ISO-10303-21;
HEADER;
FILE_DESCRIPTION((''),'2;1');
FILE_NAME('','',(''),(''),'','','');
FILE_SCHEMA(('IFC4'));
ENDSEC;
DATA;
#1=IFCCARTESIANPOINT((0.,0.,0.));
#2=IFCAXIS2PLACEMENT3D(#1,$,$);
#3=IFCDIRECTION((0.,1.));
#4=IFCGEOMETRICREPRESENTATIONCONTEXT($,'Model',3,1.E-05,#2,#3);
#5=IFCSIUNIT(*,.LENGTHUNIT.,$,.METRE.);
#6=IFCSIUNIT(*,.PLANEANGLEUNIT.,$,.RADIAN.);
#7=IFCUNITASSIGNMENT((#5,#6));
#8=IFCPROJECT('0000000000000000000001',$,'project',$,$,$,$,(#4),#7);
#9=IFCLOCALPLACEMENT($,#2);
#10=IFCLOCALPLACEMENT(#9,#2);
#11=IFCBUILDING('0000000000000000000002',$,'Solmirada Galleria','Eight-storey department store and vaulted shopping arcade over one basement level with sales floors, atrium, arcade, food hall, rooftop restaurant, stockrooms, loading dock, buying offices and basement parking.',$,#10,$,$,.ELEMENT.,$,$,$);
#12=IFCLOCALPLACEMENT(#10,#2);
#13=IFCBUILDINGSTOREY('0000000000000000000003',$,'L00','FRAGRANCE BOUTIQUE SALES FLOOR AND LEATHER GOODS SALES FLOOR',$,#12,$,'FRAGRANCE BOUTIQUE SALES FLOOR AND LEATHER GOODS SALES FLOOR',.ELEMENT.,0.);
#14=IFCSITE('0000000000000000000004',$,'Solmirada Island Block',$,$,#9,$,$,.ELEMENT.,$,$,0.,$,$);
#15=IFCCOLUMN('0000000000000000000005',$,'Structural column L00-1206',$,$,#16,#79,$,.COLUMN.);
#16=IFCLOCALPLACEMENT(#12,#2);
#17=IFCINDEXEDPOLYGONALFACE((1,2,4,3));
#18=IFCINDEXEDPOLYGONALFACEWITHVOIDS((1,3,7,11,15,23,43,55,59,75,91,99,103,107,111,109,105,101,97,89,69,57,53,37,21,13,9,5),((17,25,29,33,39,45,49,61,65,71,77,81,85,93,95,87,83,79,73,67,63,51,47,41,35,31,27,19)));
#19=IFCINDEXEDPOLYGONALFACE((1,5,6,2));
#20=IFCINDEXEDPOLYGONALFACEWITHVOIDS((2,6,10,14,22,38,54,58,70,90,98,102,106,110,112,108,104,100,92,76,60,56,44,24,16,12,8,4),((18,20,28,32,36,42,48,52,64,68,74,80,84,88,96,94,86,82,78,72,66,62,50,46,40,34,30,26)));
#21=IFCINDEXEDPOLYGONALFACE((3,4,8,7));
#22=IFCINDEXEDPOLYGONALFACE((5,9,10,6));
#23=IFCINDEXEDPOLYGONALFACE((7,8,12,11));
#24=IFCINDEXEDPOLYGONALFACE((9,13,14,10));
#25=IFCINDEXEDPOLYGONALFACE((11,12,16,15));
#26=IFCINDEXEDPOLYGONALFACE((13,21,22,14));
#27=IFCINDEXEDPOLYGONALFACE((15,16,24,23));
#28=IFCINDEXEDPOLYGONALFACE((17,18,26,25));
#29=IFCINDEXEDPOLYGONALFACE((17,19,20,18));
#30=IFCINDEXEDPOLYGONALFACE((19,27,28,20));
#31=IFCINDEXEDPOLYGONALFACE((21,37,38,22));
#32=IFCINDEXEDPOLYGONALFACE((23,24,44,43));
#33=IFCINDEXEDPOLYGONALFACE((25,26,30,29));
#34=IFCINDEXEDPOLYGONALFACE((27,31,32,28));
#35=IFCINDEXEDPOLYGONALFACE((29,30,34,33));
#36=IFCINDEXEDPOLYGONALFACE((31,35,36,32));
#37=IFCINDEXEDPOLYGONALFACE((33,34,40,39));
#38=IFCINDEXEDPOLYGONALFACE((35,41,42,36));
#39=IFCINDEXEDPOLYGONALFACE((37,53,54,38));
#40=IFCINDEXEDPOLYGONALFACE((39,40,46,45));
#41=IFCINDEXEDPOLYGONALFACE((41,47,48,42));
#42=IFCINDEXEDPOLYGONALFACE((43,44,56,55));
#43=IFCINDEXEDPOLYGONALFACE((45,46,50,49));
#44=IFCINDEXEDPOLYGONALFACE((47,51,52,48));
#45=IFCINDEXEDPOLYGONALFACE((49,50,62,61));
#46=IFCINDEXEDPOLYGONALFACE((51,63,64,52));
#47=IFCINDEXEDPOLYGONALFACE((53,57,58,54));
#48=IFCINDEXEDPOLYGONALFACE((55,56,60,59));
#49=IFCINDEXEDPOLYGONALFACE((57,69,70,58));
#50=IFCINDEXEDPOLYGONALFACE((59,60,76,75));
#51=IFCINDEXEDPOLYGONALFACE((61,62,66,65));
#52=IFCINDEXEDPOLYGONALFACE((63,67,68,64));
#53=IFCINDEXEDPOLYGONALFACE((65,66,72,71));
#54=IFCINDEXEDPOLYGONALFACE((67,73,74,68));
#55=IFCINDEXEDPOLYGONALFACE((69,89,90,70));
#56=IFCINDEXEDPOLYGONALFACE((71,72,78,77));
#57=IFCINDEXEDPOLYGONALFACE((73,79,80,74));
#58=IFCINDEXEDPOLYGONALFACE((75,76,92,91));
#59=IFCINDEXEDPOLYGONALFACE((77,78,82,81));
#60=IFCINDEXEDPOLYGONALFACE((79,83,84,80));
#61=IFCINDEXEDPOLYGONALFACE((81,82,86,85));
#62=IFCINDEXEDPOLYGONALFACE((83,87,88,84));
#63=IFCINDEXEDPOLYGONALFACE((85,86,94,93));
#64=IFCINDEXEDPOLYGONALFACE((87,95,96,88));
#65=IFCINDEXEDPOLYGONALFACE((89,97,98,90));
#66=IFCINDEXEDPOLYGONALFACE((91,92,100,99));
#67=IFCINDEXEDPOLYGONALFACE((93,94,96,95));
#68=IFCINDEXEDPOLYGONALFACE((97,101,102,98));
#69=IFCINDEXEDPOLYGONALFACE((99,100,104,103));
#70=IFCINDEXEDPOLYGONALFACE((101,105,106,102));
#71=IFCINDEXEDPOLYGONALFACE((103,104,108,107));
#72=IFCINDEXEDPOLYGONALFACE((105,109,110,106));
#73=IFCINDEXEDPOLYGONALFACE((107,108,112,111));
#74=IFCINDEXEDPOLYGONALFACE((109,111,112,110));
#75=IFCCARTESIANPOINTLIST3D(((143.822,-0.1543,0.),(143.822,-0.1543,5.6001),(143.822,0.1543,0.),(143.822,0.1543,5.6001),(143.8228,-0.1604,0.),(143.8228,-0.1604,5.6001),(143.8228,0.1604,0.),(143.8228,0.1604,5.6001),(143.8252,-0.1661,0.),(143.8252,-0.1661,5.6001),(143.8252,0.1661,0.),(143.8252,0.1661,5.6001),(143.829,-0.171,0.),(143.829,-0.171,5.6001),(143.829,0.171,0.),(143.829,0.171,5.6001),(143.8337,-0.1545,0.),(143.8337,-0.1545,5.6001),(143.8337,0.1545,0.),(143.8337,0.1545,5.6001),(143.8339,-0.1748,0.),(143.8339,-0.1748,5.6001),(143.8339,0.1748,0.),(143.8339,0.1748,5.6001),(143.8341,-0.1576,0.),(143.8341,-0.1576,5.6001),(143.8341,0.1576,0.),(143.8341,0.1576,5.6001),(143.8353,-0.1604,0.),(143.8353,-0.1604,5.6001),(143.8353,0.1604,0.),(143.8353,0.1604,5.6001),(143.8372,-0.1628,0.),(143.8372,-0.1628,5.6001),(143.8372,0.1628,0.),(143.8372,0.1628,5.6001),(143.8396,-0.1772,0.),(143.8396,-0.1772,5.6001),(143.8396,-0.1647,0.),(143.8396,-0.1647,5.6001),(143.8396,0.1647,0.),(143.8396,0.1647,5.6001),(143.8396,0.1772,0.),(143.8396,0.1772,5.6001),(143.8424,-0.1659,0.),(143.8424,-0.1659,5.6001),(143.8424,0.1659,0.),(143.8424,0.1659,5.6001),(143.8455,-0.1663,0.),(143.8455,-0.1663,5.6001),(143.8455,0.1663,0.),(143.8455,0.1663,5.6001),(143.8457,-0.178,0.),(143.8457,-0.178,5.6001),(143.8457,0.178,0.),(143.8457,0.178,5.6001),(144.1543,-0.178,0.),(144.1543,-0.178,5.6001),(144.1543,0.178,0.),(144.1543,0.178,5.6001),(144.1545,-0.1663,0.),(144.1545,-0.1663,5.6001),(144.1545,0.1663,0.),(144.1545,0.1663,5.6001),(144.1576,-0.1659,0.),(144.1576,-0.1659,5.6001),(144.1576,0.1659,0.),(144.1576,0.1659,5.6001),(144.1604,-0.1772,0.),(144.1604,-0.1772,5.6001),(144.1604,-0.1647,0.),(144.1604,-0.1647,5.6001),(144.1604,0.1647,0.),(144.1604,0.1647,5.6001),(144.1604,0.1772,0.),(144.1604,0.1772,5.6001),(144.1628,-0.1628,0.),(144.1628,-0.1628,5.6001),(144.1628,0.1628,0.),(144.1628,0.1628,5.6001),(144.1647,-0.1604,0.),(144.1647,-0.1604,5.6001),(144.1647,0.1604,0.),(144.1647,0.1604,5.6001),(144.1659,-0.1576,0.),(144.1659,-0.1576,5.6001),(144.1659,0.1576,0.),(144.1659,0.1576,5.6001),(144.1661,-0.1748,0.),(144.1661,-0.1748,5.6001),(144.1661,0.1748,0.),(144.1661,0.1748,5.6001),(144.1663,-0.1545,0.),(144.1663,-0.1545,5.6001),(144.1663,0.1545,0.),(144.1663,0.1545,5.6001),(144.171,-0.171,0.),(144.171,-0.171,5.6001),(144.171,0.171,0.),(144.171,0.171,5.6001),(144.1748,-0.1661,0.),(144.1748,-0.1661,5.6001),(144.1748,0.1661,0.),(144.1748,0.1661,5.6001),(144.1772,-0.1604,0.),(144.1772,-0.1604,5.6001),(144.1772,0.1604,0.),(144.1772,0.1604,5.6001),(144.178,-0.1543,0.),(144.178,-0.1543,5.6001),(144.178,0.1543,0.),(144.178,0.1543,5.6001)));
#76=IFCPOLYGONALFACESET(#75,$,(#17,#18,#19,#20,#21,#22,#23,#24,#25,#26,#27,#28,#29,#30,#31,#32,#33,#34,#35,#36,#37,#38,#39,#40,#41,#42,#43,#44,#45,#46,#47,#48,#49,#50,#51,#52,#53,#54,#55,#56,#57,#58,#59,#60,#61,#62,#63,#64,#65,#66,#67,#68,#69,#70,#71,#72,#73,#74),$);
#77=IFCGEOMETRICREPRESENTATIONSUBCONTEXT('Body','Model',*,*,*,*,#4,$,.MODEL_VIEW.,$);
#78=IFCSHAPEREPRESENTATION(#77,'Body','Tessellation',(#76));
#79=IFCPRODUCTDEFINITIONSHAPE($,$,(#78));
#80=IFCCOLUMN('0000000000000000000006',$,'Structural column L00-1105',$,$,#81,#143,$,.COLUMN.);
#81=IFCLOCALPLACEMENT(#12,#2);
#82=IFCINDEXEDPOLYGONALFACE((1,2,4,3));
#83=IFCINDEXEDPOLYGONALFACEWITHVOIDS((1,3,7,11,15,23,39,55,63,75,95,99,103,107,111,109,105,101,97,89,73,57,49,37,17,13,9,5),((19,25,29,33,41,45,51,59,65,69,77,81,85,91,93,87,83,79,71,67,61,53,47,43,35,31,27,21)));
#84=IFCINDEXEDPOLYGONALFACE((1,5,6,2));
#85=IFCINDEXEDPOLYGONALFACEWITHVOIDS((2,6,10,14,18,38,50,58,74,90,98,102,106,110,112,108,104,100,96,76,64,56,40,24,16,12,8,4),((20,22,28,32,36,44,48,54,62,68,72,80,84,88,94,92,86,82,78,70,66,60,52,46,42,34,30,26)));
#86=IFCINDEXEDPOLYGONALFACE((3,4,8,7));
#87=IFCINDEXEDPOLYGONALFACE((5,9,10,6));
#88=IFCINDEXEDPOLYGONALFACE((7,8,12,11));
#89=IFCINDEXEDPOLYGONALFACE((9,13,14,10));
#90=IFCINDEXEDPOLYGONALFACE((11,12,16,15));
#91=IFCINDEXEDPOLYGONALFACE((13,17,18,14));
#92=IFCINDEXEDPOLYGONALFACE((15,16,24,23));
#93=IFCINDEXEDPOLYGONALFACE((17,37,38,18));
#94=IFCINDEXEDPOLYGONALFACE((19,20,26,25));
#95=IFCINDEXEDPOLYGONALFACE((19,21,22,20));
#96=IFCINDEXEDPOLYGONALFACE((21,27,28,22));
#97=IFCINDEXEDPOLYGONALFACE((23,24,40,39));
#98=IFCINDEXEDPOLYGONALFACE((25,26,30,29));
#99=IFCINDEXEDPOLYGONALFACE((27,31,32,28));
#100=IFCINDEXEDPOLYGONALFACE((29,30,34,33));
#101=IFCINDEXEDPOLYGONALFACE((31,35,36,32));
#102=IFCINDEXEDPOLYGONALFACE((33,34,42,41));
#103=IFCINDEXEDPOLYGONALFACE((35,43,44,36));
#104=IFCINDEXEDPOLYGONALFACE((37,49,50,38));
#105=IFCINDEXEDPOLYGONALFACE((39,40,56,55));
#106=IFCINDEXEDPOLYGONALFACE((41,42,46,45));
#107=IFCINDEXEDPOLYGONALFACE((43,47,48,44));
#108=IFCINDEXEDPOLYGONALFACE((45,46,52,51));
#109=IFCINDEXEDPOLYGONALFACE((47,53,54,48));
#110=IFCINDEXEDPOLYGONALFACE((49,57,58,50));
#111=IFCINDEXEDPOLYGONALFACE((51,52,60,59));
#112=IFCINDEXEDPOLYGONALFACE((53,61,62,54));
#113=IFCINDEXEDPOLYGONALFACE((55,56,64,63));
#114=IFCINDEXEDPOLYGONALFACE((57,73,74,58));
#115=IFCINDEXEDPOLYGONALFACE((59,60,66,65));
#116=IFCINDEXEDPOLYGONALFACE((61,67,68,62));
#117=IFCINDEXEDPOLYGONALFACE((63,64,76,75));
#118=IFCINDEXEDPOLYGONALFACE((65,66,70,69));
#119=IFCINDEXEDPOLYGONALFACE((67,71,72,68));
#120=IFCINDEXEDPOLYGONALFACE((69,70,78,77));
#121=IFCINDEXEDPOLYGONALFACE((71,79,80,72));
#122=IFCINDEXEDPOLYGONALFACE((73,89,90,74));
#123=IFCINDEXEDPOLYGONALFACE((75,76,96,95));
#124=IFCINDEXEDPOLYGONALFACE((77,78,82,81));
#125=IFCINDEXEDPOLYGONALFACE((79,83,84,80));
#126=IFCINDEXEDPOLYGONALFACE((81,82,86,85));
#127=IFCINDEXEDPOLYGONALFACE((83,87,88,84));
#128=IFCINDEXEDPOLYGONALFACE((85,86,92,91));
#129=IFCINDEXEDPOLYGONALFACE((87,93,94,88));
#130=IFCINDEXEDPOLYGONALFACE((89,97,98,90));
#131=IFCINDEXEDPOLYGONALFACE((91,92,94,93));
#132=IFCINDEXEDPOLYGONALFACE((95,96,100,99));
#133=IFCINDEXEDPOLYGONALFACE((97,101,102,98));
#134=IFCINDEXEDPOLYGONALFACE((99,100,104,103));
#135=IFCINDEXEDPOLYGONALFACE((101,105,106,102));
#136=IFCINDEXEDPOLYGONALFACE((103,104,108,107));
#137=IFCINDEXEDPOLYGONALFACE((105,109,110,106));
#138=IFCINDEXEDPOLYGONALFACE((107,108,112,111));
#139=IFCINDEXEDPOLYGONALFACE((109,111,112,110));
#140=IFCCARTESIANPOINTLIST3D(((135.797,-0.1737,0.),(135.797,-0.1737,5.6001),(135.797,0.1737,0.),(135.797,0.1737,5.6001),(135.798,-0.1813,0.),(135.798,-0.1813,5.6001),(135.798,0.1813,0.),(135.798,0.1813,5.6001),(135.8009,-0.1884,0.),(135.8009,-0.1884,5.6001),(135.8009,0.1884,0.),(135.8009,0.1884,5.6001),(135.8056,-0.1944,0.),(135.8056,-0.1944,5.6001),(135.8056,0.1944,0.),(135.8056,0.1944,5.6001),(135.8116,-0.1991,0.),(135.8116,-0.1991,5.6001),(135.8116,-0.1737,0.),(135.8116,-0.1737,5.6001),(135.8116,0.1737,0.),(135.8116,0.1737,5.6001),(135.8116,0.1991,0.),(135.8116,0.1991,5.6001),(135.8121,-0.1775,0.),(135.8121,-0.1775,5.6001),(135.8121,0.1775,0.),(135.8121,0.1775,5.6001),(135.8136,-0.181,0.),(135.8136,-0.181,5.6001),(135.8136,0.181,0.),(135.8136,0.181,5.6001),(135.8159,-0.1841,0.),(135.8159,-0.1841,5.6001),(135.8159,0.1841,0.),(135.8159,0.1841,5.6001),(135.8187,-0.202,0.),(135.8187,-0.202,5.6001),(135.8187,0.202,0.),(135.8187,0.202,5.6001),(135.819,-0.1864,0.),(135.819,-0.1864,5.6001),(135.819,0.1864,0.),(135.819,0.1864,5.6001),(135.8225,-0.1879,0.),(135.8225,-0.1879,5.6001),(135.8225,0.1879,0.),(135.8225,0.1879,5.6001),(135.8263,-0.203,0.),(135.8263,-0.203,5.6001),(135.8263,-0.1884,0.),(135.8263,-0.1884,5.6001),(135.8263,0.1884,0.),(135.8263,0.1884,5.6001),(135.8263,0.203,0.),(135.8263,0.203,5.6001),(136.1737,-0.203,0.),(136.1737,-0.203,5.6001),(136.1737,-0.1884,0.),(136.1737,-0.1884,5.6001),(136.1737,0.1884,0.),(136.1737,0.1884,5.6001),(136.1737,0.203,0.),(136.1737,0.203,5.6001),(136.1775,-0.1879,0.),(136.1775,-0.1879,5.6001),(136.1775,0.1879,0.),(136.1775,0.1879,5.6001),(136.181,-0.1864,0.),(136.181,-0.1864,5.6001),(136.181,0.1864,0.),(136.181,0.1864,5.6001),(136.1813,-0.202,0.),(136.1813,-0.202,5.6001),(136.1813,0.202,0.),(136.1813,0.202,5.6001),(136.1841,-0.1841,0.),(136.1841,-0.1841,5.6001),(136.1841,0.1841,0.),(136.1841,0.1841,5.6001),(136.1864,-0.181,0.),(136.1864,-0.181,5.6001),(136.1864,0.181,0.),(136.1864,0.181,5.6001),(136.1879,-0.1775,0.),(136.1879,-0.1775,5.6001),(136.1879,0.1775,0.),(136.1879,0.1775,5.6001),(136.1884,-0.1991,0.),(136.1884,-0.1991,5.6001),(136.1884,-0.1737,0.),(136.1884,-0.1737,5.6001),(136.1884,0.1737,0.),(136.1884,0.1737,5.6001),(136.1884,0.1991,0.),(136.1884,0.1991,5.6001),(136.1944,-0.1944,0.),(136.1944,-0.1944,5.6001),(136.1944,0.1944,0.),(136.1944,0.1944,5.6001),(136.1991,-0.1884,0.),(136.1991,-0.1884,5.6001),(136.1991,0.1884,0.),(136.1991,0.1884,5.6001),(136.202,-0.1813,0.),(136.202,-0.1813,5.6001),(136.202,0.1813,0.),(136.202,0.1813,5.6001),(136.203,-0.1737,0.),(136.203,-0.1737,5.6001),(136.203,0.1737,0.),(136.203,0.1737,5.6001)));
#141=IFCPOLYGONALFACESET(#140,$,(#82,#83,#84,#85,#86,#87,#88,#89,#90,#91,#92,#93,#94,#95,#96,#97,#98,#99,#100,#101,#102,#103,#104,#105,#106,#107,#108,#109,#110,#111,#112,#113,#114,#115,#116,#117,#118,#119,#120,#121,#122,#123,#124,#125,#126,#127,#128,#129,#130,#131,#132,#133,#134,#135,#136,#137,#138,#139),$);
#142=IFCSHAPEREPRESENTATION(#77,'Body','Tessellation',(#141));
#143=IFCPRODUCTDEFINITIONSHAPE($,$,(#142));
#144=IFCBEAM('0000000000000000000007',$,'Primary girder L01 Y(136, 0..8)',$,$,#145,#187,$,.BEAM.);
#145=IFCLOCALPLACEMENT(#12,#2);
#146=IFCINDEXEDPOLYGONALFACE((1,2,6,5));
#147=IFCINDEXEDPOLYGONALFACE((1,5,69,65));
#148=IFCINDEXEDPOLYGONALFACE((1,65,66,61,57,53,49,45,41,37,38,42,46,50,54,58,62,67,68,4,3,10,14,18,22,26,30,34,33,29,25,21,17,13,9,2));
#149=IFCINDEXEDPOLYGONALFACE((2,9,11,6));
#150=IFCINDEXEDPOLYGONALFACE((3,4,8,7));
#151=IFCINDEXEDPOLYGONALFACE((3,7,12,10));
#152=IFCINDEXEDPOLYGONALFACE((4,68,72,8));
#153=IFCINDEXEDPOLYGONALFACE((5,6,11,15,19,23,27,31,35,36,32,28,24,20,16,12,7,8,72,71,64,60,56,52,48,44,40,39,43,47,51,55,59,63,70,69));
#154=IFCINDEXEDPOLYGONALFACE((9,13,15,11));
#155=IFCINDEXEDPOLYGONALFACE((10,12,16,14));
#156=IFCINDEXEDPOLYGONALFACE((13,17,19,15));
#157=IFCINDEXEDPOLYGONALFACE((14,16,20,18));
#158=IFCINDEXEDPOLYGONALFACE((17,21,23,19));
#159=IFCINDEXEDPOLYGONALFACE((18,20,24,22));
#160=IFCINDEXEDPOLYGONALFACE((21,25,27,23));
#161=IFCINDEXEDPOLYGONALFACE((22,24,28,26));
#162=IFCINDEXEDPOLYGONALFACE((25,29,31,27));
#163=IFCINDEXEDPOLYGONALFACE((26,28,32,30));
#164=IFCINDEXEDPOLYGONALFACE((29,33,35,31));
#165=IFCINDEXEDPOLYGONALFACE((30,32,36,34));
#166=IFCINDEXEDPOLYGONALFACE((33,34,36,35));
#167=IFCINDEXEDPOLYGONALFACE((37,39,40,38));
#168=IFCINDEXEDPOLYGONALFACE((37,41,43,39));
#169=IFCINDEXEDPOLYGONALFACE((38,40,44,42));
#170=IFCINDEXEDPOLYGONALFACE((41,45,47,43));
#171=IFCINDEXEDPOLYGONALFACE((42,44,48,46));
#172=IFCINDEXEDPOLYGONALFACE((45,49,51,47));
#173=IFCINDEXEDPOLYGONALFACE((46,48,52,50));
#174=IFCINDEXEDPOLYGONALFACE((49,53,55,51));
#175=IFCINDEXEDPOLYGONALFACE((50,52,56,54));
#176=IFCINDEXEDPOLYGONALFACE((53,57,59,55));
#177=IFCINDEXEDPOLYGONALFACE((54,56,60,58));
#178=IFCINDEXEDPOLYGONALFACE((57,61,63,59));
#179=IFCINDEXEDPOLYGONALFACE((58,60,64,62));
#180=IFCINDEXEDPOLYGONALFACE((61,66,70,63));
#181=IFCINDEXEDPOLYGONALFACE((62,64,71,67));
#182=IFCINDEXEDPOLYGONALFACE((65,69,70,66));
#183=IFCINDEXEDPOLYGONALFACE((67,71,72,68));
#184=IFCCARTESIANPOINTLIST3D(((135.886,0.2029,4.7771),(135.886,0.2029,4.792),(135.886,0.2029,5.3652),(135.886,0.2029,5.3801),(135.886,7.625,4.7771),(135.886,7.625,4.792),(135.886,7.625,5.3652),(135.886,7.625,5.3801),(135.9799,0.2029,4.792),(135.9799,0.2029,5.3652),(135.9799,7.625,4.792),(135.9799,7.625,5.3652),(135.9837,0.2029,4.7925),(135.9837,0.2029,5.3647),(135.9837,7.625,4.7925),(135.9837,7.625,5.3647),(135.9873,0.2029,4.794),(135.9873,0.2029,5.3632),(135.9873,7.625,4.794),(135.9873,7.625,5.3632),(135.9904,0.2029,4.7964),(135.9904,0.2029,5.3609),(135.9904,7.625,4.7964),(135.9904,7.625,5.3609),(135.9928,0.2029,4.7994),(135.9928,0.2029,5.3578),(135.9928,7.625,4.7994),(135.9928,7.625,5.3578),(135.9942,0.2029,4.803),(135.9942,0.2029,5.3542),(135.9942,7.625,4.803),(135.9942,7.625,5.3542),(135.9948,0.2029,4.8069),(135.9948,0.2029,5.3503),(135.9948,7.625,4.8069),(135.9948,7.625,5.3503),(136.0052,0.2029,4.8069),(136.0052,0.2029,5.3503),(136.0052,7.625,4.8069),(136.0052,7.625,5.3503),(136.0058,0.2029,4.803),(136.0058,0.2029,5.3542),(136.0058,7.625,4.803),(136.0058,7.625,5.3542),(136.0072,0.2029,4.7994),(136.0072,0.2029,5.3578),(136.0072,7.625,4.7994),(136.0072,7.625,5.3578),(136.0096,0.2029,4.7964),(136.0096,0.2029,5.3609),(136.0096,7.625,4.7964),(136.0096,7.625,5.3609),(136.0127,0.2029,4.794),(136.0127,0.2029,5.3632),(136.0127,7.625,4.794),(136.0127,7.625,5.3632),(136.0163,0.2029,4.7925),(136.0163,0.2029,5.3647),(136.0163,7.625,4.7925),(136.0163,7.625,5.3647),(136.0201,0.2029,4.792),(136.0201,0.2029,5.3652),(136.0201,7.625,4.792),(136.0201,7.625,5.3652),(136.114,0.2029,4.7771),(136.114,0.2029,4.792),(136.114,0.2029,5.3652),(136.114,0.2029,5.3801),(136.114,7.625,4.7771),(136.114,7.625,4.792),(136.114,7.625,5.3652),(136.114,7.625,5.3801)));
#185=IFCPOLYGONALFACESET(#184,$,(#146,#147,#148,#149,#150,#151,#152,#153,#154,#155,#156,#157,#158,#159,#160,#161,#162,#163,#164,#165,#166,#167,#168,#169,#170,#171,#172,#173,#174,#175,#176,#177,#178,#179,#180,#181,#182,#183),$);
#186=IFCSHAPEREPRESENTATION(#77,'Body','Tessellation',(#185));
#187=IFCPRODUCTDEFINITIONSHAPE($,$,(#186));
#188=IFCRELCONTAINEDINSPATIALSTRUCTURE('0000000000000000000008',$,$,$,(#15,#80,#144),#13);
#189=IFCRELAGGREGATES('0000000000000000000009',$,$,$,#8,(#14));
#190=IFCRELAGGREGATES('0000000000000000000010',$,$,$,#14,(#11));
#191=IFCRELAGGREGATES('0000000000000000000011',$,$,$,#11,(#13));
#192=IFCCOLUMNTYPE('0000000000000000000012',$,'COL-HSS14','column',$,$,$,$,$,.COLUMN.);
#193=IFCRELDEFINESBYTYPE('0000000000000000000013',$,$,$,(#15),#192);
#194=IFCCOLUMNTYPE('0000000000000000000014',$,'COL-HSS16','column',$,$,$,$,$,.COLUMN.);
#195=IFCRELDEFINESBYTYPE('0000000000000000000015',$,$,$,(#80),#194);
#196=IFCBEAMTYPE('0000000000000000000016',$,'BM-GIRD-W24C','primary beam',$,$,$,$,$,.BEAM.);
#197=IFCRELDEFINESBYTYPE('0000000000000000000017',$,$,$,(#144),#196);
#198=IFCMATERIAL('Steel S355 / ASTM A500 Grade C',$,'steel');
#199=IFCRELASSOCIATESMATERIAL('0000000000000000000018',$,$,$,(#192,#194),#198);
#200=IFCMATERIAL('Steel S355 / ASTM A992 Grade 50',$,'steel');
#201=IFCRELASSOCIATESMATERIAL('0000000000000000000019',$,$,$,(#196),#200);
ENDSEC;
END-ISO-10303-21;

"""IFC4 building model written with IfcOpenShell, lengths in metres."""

from ifc_helpers import new_model, si_unit, direction, frame, origin, origin_2d, place, context, subcontext, project, spatial, hollow_rectangle, i_section, extrude, material, material_profile, profile_set, type_object, element, save


model = new_model("IFC4")

# Units and contexts
model_context = context("Model", 3, precision=1e-05, world=origin(), true_north=direction((0.0, 1.0)))
body_context = subcontext(model_context, "Body", "Model", "MODEL_VIEW")
ifc_project = project(units=[si_unit("LENGTHUNIT", "METRE"), si_unit("PLANEANGLEUNIT", "RADIAN")], contexts=[model_context])

# Site, building, storey
site_placement = place(None, origin())
site = spatial("IfcSite", under=ifc_project, at=site_placement, Name="Solmirada Island Block", CompositionType="ELEMENT", RefElevation=0.0)
building_placement = place(site_placement, origin())
building = spatial("IfcBuilding", under=site, at=building_placement, Name="Solmirada Galleria", Description="Eight-storey department store and vaulted shopping arcade over one basement level with sales floors, atrium, arcade, food hall, rooftop restaurant, stockrooms, loading dock, buying offices and basement parking.", CompositionType="ELEMENT")
storey_placement = place(building_placement, origin())
storey = spatial("IfcBuildingStorey", under=building, at=storey_placement, Name="L00", Description="FRAGRANCE BOUTIQUE SALES FLOOR AND LEATHER GOODS SALES FLOOR", LongName="FRAGRANCE BOUTIQUE SALES FLOOR AND LEATHER GOODS SALES FLOOR", CompositionType="ELEMENT", Elevation=0.0)

# Columns
ifc_material_1 = material(Name="Steel S355 / ASTM A500 Grade C", Category="steel")
ifc_material_profile_1 = material_profile(ifc_material_1, hollow_rectangle(XDim=0.356, YDim=0.356, WallThickness=0.0117, InnerFilletRadius=0.0117, OuterFilletRadius=0.0237, at=origin_2d()), Name="HSS14X14X1/2")
ifc_profile_set_1 = profile_set([ifc_material_profile_1], Name="Steel S355 / ASTM A500 Grade C")
column_type_1 = type_object("IfcColumnType", Name="COL-HSS14", Description="column", PredefinedType="COLUMN", material=ifc_profile_set_1)
column_1_placement = place(storey_placement, frame((144.0, 0.0, 0.0), z_axis=(0.0, 0.0, 1.0), x_axis=(1.0, 0.0, 0.0)))
element("IfcColumn", 1, at=column_1_placement, inside=storey, type_object=column_type_1, Name="Structural column L00-1206", PredefinedType="COLUMN", context=body_context, shape_type="SweptSolid", body=[
    extrude(hollow_rectangle(XDim=0.356, YDim=0.356, WallThickness=0.0117, InnerFilletRadius=0.0117, OuterFilletRadius=0.0237, at=origin_2d()), origin(), (0.0, 0.0, 1.0), 5.6001),
])
ifc_material_profile_2 = material_profile(ifc_material_1, hollow_rectangle(XDim=0.406, YDim=0.406, WallThickness=0.0146, InnerFilletRadius=0.0146, OuterFilletRadius=0.0293, at=origin_2d()), Name="HSS16X16X5/8")
ifc_profile_set_2 = profile_set([ifc_material_profile_2], Name="Steel S355 / ASTM A500 Grade C")
column_type_2 = type_object("IfcColumnType", Name="COL-HSS16", Description="column", PredefinedType="COLUMN", material=ifc_profile_set_2)
column_2_placement = place(storey_placement, frame((136.0, 0.0, 0.0), z_axis=(0.0, 0.0, 1.0), x_axis=(1.0, 0.0, 0.0)))
element("IfcColumn", 2, at=column_2_placement, inside=storey, type_object=column_type_2, Name="Structural column L00-1105", PredefinedType="COLUMN", context=body_context, shape_type="SweptSolid", body=[
    extrude(hollow_rectangle(XDim=0.406, YDim=0.406, WallThickness=0.0146, InnerFilletRadius=0.0146, OuterFilletRadius=0.0293, at=origin_2d()), origin(), (0.0, 0.0, 1.0), 5.6001),
])

# Beam
ifc_material_2 = material(Name="Steel S355 / ASTM A992 Grade 50", Category="steel")
ifc_material_profile_3 = material_profile(ifc_material_2, i_section(OverallWidth=0.228, OverallDepth=0.603, WebThickness=0.0105, FlangeThickness=0.0149, FilletRadius=0.0149, at=origin_2d()), Name="W24X68")
ifc_profile_set_3 = profile_set([ifc_material_profile_3], Name="Steel S355 / ASTM A992 Grade 50")
beam_type_1 = type_object("IfcBeamType", Name="BM-GIRD-W24C", Description="primary beam", PredefinedType="BEAM", material=ifc_profile_set_3)
beam_1_placement = place(storey_placement, frame((136.0, 0.2029, 5.0786), z_axis=(0.0, 1.0, 0.0), x_axis=(-1.0, 0.0, 0.0)))
element("IfcBeam", 3, at=beam_1_placement, inside=storey, type_object=beam_type_1, Name="Primary girder L01 Y(136, 0..8)", PredefinedType="BEAM", context=body_context, shape_type="SweptSolid", body=[
    extrude(i_section(OverallWidth=0.228, OverallDepth=0.603, WebThickness=0.0105, FlangeThickness=0.0149, FilletRadius=0.0149, at=origin_2d()), origin(), (0.0, 0.0, 1.0), 7.4221),
])

save(model, "model.ifc")
